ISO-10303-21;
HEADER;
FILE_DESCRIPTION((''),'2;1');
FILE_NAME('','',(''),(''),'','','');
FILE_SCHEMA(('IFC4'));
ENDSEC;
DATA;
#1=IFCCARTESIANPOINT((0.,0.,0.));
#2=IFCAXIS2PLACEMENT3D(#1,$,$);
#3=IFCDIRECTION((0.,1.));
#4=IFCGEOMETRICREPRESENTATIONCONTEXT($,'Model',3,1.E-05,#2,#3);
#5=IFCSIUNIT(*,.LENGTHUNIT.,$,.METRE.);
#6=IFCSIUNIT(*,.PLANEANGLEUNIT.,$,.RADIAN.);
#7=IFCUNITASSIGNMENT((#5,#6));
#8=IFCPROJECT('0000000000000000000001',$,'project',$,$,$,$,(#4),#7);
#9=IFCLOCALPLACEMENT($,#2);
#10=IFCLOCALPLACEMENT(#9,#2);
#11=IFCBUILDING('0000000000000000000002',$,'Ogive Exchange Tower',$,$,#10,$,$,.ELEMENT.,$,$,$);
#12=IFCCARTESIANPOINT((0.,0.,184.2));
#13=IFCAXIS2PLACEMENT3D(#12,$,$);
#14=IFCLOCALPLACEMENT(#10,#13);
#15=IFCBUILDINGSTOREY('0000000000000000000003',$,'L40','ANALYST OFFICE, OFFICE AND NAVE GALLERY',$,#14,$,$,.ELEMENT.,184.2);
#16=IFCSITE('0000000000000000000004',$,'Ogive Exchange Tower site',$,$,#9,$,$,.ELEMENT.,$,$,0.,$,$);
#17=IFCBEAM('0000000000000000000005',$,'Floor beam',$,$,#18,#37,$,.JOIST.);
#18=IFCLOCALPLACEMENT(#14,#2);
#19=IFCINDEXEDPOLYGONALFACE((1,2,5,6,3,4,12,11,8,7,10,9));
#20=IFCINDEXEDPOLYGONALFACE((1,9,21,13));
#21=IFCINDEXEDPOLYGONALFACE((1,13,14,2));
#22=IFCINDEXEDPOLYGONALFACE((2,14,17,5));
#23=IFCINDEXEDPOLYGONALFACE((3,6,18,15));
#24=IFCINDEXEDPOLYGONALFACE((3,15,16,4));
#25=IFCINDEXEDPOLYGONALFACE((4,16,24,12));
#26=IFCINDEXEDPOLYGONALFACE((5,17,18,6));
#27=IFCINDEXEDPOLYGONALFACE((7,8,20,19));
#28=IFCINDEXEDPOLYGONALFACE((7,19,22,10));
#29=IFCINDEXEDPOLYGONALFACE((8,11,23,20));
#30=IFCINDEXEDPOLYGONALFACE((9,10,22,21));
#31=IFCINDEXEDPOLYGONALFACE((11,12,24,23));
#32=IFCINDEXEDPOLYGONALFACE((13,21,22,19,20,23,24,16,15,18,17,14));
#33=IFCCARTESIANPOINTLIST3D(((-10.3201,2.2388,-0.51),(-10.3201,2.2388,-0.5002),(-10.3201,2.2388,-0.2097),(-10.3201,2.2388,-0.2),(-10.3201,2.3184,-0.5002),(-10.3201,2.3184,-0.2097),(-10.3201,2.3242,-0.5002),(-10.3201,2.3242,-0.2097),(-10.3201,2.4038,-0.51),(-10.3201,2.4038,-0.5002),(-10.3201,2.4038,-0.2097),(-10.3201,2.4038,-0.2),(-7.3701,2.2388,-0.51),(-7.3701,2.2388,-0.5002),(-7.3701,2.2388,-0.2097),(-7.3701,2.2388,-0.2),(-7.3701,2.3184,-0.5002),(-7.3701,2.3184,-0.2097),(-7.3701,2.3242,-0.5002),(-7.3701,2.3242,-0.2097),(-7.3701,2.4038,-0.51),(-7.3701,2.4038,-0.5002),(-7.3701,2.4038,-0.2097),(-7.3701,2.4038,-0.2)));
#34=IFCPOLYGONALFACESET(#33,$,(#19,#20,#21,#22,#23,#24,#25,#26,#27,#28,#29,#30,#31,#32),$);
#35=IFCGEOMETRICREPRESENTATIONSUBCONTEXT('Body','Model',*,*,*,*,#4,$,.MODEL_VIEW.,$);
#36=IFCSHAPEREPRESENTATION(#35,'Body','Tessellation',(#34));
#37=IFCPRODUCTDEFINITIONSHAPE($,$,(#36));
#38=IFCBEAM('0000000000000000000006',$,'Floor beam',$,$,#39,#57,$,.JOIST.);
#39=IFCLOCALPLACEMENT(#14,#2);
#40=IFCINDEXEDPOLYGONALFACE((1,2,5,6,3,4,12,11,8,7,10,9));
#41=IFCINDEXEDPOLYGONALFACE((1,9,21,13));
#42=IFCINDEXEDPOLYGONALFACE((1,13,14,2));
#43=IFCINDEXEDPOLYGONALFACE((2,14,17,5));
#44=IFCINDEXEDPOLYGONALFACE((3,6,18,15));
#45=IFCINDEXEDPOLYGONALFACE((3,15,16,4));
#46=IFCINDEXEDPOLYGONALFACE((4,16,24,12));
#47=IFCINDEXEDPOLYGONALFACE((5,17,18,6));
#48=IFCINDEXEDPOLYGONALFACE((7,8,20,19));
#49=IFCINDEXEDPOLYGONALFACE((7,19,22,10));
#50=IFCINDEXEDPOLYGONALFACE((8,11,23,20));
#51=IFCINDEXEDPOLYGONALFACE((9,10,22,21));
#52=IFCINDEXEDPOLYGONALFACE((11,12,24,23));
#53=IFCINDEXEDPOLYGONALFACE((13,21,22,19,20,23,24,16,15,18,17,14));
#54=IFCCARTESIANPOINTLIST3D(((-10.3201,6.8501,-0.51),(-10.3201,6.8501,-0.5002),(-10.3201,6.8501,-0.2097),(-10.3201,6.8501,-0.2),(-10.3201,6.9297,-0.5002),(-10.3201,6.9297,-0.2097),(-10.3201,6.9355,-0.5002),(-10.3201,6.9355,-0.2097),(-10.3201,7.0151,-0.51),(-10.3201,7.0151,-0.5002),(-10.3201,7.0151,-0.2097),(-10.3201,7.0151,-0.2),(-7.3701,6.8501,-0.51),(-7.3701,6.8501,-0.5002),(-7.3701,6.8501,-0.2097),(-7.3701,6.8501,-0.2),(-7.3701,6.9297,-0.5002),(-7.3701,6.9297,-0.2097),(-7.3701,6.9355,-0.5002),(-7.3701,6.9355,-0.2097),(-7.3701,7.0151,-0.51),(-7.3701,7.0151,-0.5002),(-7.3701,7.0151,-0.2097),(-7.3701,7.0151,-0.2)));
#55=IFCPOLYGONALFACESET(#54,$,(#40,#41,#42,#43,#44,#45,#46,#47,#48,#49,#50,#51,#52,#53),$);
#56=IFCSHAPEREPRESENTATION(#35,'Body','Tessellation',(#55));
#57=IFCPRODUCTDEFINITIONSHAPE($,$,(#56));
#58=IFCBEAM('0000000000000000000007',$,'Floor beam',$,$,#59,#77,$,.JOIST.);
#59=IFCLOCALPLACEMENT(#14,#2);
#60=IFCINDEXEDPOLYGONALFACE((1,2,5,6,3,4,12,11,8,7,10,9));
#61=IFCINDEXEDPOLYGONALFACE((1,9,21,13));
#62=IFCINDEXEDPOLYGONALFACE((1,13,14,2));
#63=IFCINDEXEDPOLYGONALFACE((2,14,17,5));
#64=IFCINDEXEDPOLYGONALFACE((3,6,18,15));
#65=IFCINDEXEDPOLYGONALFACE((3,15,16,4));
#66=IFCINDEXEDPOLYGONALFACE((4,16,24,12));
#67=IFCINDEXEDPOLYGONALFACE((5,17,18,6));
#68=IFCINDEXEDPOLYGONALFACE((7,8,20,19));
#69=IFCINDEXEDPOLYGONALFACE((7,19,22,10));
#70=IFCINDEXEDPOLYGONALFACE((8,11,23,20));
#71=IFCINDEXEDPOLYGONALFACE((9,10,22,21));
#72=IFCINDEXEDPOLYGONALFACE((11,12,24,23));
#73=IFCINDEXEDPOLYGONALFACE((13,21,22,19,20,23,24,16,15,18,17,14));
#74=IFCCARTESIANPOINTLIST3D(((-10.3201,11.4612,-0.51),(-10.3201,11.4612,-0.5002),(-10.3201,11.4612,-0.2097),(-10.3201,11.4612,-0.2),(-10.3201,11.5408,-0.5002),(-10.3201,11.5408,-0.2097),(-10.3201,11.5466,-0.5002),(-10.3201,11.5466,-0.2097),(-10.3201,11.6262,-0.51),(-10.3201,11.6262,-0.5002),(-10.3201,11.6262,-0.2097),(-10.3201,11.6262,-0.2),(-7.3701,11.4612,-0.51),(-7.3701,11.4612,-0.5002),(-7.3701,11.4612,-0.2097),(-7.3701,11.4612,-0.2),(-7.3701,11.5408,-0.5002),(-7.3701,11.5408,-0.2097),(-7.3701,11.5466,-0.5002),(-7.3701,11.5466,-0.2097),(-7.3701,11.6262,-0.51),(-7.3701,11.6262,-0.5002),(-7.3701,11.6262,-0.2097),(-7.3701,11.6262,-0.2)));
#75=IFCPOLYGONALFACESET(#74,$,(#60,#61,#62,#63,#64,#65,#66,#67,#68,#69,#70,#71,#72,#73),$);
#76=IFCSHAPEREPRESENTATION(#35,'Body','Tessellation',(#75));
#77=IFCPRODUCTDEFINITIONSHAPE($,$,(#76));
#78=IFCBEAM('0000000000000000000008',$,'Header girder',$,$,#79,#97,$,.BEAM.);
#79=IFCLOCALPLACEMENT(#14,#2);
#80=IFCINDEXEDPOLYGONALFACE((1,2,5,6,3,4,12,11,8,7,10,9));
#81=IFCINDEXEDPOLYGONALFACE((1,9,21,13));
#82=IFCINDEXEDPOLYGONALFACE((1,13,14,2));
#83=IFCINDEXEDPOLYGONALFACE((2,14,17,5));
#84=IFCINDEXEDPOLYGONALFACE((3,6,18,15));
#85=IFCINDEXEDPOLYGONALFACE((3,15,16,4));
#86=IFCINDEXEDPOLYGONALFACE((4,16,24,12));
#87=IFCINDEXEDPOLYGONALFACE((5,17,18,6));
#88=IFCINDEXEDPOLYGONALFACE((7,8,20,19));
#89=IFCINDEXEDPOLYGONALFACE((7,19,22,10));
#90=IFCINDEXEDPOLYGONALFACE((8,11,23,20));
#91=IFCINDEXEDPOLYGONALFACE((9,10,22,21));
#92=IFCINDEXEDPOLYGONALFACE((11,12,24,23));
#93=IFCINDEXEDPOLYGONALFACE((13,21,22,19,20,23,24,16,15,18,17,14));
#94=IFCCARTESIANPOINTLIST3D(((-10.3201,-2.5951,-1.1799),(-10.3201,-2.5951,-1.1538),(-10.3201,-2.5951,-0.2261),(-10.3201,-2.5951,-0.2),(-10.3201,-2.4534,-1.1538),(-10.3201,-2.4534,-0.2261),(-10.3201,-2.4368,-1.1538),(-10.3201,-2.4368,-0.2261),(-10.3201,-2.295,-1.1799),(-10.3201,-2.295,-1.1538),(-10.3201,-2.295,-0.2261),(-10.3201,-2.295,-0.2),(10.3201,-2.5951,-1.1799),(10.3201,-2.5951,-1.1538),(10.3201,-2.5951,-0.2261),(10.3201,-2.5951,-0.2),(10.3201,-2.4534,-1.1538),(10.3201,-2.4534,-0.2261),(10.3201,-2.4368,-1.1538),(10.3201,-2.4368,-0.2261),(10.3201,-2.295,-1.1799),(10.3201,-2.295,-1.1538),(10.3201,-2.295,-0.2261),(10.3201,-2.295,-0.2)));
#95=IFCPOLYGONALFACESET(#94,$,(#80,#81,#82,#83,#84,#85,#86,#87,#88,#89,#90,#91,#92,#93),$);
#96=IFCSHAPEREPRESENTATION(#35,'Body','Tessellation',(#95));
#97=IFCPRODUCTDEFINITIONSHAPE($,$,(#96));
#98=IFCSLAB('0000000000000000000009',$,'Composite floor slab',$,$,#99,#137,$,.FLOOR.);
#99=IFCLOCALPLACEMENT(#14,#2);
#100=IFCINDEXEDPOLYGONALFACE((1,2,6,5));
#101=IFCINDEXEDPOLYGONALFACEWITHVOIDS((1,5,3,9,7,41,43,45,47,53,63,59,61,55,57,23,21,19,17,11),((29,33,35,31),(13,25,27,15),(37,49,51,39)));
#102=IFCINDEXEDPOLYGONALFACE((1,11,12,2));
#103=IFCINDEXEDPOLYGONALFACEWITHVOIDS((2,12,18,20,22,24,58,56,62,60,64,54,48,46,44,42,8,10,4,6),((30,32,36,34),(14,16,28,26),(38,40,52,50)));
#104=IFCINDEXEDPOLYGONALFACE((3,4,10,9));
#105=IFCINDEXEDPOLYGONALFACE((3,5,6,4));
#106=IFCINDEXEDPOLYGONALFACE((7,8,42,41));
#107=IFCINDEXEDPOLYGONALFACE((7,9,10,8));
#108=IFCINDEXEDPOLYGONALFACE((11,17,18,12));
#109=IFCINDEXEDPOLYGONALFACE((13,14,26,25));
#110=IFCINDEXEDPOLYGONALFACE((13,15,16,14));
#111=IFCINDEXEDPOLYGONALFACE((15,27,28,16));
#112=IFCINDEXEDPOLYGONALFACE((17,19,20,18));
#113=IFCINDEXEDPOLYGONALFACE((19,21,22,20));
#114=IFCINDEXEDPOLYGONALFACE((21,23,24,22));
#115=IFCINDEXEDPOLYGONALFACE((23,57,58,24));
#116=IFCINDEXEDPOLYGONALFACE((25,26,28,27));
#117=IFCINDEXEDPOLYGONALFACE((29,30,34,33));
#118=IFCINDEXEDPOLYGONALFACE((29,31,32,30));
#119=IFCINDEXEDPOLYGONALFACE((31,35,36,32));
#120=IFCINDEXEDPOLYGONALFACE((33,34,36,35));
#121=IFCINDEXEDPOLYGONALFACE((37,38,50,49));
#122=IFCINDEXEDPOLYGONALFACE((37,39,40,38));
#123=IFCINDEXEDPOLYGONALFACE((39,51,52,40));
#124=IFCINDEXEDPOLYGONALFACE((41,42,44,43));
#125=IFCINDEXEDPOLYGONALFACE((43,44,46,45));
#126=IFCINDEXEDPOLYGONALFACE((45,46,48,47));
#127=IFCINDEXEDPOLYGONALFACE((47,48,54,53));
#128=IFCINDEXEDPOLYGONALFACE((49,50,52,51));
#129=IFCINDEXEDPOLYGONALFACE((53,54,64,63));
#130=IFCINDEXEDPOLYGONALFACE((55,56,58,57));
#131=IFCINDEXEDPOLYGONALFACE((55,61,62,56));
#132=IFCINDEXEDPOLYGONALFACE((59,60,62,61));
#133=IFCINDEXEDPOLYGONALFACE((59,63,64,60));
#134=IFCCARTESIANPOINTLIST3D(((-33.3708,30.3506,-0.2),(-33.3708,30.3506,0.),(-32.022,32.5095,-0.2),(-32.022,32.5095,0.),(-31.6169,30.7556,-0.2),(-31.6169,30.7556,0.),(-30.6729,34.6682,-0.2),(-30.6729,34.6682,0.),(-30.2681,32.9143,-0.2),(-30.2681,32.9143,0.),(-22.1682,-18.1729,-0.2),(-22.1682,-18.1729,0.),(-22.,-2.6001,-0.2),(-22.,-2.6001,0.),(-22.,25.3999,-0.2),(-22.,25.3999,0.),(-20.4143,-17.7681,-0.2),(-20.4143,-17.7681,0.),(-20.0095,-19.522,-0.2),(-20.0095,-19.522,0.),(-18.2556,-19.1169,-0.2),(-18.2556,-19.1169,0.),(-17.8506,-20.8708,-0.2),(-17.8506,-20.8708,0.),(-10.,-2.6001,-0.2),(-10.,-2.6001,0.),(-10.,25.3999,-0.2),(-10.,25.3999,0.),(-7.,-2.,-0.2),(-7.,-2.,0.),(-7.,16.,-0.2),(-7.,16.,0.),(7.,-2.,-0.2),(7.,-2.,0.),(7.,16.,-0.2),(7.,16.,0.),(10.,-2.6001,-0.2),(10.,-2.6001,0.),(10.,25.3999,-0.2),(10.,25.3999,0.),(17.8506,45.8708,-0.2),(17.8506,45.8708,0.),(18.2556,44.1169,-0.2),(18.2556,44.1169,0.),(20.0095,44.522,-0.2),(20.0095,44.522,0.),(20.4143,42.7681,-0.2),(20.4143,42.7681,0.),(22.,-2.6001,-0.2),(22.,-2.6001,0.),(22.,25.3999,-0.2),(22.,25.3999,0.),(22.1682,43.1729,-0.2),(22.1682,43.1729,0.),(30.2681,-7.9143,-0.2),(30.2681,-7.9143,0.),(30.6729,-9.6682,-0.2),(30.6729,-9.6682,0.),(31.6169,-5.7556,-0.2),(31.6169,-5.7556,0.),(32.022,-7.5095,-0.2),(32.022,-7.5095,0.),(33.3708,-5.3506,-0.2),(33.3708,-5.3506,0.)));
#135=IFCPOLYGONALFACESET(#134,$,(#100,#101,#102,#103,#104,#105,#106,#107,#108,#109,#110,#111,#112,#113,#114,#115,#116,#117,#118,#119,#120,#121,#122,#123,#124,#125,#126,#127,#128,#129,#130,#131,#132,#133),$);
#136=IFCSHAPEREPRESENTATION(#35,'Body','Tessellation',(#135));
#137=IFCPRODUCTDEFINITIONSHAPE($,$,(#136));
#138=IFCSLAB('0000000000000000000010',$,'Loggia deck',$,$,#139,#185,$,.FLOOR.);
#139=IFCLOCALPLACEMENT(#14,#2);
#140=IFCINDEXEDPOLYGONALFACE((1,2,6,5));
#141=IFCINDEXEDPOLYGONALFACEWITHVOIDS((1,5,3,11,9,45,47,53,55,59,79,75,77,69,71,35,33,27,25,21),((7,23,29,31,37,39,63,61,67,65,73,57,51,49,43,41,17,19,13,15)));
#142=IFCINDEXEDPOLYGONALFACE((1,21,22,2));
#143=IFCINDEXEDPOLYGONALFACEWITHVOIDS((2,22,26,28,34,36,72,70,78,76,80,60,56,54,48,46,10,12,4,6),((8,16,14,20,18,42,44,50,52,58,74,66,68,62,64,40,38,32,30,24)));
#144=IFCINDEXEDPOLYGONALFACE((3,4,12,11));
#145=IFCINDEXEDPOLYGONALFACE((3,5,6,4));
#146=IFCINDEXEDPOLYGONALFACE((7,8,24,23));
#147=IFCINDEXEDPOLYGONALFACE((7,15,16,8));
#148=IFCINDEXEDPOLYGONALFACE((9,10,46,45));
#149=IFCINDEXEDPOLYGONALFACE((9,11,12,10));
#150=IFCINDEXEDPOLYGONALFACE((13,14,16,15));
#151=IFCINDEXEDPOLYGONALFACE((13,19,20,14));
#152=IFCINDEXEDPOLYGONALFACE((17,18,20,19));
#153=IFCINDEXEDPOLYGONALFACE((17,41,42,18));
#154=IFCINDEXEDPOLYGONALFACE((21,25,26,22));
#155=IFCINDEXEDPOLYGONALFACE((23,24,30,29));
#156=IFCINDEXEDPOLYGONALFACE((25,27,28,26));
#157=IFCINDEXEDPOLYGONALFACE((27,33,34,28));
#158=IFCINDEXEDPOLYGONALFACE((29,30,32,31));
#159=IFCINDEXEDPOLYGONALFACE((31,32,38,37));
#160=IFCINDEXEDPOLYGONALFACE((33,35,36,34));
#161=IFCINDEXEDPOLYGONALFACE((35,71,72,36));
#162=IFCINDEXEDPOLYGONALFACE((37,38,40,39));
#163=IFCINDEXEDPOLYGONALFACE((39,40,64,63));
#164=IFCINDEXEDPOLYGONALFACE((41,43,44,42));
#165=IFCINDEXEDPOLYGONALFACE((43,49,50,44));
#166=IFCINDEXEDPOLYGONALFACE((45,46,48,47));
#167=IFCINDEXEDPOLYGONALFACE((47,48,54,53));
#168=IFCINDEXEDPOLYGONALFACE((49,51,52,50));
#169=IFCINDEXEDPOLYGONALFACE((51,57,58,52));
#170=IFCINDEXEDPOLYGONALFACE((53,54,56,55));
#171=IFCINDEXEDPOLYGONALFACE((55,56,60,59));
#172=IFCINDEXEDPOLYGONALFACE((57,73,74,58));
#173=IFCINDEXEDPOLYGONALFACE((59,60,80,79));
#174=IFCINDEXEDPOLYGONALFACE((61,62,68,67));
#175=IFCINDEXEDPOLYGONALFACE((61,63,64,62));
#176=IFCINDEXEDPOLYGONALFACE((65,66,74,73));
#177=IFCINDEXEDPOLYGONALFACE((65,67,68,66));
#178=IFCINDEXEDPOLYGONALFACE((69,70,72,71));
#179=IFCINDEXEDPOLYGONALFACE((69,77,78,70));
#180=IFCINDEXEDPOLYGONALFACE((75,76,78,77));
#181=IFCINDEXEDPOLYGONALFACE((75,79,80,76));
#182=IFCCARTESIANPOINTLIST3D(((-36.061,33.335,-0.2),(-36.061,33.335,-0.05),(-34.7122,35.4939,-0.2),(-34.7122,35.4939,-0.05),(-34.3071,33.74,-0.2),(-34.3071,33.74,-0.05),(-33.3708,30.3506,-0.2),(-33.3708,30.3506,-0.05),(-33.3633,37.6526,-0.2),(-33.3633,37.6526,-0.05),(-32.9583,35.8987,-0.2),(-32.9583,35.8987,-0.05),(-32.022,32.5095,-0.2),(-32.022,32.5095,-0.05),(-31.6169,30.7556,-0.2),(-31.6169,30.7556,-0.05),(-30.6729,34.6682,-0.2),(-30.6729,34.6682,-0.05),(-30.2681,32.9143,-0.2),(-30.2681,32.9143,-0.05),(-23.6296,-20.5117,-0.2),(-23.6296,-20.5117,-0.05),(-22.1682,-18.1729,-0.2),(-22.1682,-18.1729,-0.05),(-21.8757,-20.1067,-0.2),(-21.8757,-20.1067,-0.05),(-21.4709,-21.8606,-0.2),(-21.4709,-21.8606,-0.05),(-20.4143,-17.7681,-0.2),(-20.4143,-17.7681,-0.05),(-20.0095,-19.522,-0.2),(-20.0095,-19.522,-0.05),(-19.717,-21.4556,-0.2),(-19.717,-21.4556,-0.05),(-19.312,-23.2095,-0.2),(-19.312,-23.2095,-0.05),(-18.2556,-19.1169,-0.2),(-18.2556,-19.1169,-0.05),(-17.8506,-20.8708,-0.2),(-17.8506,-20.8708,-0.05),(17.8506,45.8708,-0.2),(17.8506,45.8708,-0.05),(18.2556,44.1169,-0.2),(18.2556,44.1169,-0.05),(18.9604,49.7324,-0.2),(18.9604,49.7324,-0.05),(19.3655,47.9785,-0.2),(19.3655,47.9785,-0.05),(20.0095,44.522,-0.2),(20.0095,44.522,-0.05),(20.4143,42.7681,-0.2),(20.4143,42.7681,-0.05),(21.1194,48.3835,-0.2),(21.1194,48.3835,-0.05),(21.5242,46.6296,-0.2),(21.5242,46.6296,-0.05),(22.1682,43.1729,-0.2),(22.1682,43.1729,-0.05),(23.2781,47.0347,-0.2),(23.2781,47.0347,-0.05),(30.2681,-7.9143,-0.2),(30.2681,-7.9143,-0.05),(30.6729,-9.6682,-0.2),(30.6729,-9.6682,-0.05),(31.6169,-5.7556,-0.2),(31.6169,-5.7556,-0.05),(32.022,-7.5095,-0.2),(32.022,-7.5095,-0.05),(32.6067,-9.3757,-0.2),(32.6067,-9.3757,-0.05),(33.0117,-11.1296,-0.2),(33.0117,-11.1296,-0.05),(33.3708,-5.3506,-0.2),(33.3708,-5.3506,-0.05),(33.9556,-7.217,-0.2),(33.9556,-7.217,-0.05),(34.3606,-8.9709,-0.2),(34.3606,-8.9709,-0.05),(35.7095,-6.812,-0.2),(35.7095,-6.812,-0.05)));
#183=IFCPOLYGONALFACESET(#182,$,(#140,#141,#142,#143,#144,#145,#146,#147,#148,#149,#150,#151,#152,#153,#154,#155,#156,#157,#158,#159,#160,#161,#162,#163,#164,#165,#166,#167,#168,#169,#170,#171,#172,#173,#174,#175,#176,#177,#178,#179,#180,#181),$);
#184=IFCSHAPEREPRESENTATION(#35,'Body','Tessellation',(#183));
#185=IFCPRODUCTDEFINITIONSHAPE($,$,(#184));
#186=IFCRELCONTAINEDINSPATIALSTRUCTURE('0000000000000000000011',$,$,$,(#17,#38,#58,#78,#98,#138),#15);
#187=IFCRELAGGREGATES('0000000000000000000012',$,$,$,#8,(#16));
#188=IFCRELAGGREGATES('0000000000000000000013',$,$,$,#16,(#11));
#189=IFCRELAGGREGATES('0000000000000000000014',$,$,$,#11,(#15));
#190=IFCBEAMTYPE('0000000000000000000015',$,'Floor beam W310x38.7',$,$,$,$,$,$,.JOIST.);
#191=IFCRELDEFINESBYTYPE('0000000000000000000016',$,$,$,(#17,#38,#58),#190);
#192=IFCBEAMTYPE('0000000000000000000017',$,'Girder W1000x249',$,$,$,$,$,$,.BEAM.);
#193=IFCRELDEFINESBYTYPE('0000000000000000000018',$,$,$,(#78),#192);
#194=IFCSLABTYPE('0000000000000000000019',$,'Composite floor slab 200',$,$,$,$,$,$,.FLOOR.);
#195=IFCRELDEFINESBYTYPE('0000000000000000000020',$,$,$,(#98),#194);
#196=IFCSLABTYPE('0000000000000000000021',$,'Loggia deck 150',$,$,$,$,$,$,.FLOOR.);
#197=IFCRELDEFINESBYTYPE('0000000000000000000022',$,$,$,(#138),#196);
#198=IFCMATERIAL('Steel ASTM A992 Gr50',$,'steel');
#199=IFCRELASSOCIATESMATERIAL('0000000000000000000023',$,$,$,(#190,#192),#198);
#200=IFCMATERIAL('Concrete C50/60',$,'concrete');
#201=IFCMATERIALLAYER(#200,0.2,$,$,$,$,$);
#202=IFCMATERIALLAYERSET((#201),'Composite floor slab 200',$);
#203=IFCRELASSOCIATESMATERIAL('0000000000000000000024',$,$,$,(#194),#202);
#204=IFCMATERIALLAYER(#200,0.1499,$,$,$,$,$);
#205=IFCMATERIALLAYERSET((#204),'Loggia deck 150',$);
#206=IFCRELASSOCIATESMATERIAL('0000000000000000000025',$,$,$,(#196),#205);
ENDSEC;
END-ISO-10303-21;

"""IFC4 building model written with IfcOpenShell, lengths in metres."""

from ifc_helpers import new_model, si_unit, direction, frame, origin, origin_2d, place, context, subcontext, project, spatial, polyline, i_section, outline, extrude, material, layer, layer_set, material_profile, profile_set, type_object, element, save


model = new_model("IFC4")

# Units and contexts
model_context = context("Model", 3, precision=1e-05, world=origin(), true_north=direction((0.0, 1.0)))
body_context = subcontext(model_context, "Body", "Model", "MODEL_VIEW")
ifc_project = project(units=[si_unit("LENGTHUNIT", "METRE"), si_unit("PLANEANGLEUNIT", "RADIAN")], contexts=[model_context])

# Site, building, storey
site_placement = place(None, origin())
site = spatial("IfcSite", under=ifc_project, at=site_placement, Name="Ogive Exchange Tower site", CompositionType="ELEMENT", RefElevation=0.0)
building_placement = place(site_placement, origin())
building = spatial("IfcBuilding", under=site, at=building_placement, Name="Ogive Exchange Tower", CompositionType="ELEMENT")
storey_placement = place(building_placement, frame((0.0, 0.0, 184.2)))
storey = spatial("IfcBuildingStorey", under=building, at=storey_placement, Name="L40", Description="ANALYST OFFICE, OFFICE AND NAVE GALLERY", CompositionType="ELEMENT", Elevation=184.2)

# Beams
ifc_material_1 = material(Name="Steel ASTM A992 Gr50", Category="steel")
ifc_material_profile_1 = material_profile(ifc_material_1, i_section(OverallWidth=0.165, OverallDepth=0.3101, WebThickness=0.0059, FlangeThickness=0.0098, at=origin_2d()), Name="W310x38.7")
ifc_profile_set_1 = profile_set([ifc_material_profile_1], Name="Steel ASTM A992 Gr50")
beam_type_1 = type_object("IfcBeamType", Name="Floor beam W310x38.7", PredefinedType="JOIST", material=ifc_profile_set_1)
for number, where, z_axis, x_axis, name in (
    (1, (-10.3201, 2.3213, -0.355), (1.0, 0.0, 0.0), (0.0, 1.0, 0.0), "Floor beam"),
    (2, (-10.3201, 6.9326, -0.355), (1.0, 0.0, 0.0), (0.0, 1.0, 0.0), "Floor beam"),
    (3, (-10.3201, 11.5437, -0.355), (1.0, 0.0, 0.0), (0.0, 1.0, 0.0), "Floor beam"),
):
    element("IfcBeam", number, at=place(storey_placement, frame(where, z_axis=z_axis, x_axis=x_axis)), inside=storey, type_object=beam_type_1, Name=name, PredefinedType="JOIST", context=body_context, shape_type="SweptSolid", body=[
        extrude(i_section(OverallWidth=0.165, OverallDepth=0.3101, WebThickness=0.0059, FlangeThickness=0.0098, at=origin_2d()), origin(), (0.0, 0.0, 1.0), 2.95),
    ])
ifc_material_profile_2 = material_profile(ifc_material_1, i_section(OverallWidth=0.3, OverallDepth=0.98, WebThickness=0.0166, FlangeThickness=0.0261, at=origin_2d()), Name="W1000x249")
ifc_profile_set_2 = profile_set([ifc_material_profile_2], Name="Steel ASTM A992 Gr50")
beam_type_2 = type_object("IfcBeamType", Name="Girder W1000x249", PredefinedType="BEAM", material=ifc_profile_set_2)
beam_placement = place(storey_placement, frame((-10.3201, -2.4451, -0.6899), z_axis=(1.0, 0.0, 0.0), x_axis=(0.0, 1.0, 0.0)))
element("IfcBeam", 4, at=beam_placement, inside=storey, type_object=beam_type_2, Name="Header girder", PredefinedType="BEAM", context=body_context, shape_type="SweptSolid", body=[
    extrude(i_section(OverallWidth=0.3, OverallDepth=0.98, WebThickness=0.0166, FlangeThickness=0.0261, at=origin_2d()), origin(), (0.0, 0.0, 1.0), 20.6401),
])

# Slabs
ifc_material_2 = material(Name="Concrete C50/60", Category="concrete")
ifc_layer_1 = layer(ifc_material_2, 0.2)
ifc_layer_set_1 = layer_set([ifc_layer_1], Name="Composite floor slab 200")
slab_type_1 = type_object("IfcSlabType", Name="Composite floor slab 200", PredefinedType="FLOOR", material=ifc_layer_set_1)
slab_1_placement = place(storey_placement, frame((0.0, 0.0, -0.2)))
element("IfcSlab", 5, at=slab_1_placement, inside=storey, type_object=slab_type_1, Name="Composite floor slab", PredefinedType="FLOOR", context=body_context, shape_type="SweptSolid", body=[
    extrude(outline(polyline([(-18.2556, -19.1169), (-20.0095, -19.522), (-20.4143, -17.7681), (-22.1682, -18.1729), (-33.3708, 30.3506), (-31.6169, 30.7556), (-32.022, 32.5095), (-30.2681, 32.9143), (-30.6729, 34.6682), (17.8506, 45.8708), (18.2556, 44.1169), (20.0095, 44.522), (20.4143, 42.7681), (22.1682, 43.1729), (33.3708, -5.3506), (31.6169, -5.7556), (32.022, -7.5095), (30.2681, -7.9143), (30.6729, -9.6682), (-17.8506, -20.8708), (-18.2556, -19.1169)]), holes=[polyline([(7.0, -2.0), (7.0, 16.0), (-7.0, 16.0), (-7.0, -2.0), (7.0, -2.0)]), polyline([(-22.0, -2.6001), (-10.0, -2.6001), (-10.0, 25.3999), (-22.0, 25.3999), (-22.0, -2.6001)]), polyline([(10.0, -2.6001), (22.0, -2.6001), (22.0, 25.3999), (10.0, 25.3999), (10.0, -2.6001)])]), origin(), (0.0, 0.0, 1.0), 0.2),
])
ifc_layer_2 = layer(ifc_material_2, 0.1499)
ifc_layer_set_2 = layer_set([ifc_layer_2], Name="Loggia deck 150")
slab_type_2 = type_object("IfcSlabType", Name="Loggia deck 150", PredefinedType="FLOOR", material=ifc_layer_set_2)
slab_2_placement = place(storey_placement, frame((0.0, 0.0, -0.2)))
element("IfcSlab", 6, at=slab_2_placement, inside=storey, type_object=slab_type_2, Name="Loggia deck", PredefinedType="FLOOR", context=body_context, shape_type="SweptSolid", body=[
    extrude(outline(polyline([(-19.717, -21.4556), (-21.4709, -21.8606), (-21.8757, -20.1067), (-23.6296, -20.5117), (-36.061, 33.335), (-34.3071, 33.74), (-34.7122, 35.4939), (-32.9583, 35.8987), (-33.3633, 37.6526), (18.9604, 49.7324), (19.3655, 47.9785), (21.1194, 48.3835), (21.5242, 46.6296), (23.2781, 47.0347), (35.7095, -6.812), (33.9556, -7.217), (34.3606, -8.9709), (32.6067, -9.3757), (33.0117, -11.1296), (-19.312, -23.2095), (-19.717, -21.4556)]), holes=[polyline([(30.2681, -7.9143), (32.022, -7.5095), (31.6169, -5.7556), (33.3708, -5.3506), (22.1682, 43.1729), (20.4143, 42.7681), (20.0095, 44.522), (18.2556, 44.1169), (17.8506, 45.8708), (-30.6729, 34.6682), (-30.2681, 32.9143), (-32.022, 32.5095), (-31.6169, 30.7556), (-33.3708, 30.3506), (-22.1682, -18.1729), (-20.4143, -17.7681), (-20.0095, -19.522), (-18.2556, -19.1169), (-17.8506, -20.8708), (30.6729, -9.6682), (30.2681, -7.9143)])]), origin(), (0.0, 0.0, 1.0), 0.1499),
])

save(model, "model.ifc")
